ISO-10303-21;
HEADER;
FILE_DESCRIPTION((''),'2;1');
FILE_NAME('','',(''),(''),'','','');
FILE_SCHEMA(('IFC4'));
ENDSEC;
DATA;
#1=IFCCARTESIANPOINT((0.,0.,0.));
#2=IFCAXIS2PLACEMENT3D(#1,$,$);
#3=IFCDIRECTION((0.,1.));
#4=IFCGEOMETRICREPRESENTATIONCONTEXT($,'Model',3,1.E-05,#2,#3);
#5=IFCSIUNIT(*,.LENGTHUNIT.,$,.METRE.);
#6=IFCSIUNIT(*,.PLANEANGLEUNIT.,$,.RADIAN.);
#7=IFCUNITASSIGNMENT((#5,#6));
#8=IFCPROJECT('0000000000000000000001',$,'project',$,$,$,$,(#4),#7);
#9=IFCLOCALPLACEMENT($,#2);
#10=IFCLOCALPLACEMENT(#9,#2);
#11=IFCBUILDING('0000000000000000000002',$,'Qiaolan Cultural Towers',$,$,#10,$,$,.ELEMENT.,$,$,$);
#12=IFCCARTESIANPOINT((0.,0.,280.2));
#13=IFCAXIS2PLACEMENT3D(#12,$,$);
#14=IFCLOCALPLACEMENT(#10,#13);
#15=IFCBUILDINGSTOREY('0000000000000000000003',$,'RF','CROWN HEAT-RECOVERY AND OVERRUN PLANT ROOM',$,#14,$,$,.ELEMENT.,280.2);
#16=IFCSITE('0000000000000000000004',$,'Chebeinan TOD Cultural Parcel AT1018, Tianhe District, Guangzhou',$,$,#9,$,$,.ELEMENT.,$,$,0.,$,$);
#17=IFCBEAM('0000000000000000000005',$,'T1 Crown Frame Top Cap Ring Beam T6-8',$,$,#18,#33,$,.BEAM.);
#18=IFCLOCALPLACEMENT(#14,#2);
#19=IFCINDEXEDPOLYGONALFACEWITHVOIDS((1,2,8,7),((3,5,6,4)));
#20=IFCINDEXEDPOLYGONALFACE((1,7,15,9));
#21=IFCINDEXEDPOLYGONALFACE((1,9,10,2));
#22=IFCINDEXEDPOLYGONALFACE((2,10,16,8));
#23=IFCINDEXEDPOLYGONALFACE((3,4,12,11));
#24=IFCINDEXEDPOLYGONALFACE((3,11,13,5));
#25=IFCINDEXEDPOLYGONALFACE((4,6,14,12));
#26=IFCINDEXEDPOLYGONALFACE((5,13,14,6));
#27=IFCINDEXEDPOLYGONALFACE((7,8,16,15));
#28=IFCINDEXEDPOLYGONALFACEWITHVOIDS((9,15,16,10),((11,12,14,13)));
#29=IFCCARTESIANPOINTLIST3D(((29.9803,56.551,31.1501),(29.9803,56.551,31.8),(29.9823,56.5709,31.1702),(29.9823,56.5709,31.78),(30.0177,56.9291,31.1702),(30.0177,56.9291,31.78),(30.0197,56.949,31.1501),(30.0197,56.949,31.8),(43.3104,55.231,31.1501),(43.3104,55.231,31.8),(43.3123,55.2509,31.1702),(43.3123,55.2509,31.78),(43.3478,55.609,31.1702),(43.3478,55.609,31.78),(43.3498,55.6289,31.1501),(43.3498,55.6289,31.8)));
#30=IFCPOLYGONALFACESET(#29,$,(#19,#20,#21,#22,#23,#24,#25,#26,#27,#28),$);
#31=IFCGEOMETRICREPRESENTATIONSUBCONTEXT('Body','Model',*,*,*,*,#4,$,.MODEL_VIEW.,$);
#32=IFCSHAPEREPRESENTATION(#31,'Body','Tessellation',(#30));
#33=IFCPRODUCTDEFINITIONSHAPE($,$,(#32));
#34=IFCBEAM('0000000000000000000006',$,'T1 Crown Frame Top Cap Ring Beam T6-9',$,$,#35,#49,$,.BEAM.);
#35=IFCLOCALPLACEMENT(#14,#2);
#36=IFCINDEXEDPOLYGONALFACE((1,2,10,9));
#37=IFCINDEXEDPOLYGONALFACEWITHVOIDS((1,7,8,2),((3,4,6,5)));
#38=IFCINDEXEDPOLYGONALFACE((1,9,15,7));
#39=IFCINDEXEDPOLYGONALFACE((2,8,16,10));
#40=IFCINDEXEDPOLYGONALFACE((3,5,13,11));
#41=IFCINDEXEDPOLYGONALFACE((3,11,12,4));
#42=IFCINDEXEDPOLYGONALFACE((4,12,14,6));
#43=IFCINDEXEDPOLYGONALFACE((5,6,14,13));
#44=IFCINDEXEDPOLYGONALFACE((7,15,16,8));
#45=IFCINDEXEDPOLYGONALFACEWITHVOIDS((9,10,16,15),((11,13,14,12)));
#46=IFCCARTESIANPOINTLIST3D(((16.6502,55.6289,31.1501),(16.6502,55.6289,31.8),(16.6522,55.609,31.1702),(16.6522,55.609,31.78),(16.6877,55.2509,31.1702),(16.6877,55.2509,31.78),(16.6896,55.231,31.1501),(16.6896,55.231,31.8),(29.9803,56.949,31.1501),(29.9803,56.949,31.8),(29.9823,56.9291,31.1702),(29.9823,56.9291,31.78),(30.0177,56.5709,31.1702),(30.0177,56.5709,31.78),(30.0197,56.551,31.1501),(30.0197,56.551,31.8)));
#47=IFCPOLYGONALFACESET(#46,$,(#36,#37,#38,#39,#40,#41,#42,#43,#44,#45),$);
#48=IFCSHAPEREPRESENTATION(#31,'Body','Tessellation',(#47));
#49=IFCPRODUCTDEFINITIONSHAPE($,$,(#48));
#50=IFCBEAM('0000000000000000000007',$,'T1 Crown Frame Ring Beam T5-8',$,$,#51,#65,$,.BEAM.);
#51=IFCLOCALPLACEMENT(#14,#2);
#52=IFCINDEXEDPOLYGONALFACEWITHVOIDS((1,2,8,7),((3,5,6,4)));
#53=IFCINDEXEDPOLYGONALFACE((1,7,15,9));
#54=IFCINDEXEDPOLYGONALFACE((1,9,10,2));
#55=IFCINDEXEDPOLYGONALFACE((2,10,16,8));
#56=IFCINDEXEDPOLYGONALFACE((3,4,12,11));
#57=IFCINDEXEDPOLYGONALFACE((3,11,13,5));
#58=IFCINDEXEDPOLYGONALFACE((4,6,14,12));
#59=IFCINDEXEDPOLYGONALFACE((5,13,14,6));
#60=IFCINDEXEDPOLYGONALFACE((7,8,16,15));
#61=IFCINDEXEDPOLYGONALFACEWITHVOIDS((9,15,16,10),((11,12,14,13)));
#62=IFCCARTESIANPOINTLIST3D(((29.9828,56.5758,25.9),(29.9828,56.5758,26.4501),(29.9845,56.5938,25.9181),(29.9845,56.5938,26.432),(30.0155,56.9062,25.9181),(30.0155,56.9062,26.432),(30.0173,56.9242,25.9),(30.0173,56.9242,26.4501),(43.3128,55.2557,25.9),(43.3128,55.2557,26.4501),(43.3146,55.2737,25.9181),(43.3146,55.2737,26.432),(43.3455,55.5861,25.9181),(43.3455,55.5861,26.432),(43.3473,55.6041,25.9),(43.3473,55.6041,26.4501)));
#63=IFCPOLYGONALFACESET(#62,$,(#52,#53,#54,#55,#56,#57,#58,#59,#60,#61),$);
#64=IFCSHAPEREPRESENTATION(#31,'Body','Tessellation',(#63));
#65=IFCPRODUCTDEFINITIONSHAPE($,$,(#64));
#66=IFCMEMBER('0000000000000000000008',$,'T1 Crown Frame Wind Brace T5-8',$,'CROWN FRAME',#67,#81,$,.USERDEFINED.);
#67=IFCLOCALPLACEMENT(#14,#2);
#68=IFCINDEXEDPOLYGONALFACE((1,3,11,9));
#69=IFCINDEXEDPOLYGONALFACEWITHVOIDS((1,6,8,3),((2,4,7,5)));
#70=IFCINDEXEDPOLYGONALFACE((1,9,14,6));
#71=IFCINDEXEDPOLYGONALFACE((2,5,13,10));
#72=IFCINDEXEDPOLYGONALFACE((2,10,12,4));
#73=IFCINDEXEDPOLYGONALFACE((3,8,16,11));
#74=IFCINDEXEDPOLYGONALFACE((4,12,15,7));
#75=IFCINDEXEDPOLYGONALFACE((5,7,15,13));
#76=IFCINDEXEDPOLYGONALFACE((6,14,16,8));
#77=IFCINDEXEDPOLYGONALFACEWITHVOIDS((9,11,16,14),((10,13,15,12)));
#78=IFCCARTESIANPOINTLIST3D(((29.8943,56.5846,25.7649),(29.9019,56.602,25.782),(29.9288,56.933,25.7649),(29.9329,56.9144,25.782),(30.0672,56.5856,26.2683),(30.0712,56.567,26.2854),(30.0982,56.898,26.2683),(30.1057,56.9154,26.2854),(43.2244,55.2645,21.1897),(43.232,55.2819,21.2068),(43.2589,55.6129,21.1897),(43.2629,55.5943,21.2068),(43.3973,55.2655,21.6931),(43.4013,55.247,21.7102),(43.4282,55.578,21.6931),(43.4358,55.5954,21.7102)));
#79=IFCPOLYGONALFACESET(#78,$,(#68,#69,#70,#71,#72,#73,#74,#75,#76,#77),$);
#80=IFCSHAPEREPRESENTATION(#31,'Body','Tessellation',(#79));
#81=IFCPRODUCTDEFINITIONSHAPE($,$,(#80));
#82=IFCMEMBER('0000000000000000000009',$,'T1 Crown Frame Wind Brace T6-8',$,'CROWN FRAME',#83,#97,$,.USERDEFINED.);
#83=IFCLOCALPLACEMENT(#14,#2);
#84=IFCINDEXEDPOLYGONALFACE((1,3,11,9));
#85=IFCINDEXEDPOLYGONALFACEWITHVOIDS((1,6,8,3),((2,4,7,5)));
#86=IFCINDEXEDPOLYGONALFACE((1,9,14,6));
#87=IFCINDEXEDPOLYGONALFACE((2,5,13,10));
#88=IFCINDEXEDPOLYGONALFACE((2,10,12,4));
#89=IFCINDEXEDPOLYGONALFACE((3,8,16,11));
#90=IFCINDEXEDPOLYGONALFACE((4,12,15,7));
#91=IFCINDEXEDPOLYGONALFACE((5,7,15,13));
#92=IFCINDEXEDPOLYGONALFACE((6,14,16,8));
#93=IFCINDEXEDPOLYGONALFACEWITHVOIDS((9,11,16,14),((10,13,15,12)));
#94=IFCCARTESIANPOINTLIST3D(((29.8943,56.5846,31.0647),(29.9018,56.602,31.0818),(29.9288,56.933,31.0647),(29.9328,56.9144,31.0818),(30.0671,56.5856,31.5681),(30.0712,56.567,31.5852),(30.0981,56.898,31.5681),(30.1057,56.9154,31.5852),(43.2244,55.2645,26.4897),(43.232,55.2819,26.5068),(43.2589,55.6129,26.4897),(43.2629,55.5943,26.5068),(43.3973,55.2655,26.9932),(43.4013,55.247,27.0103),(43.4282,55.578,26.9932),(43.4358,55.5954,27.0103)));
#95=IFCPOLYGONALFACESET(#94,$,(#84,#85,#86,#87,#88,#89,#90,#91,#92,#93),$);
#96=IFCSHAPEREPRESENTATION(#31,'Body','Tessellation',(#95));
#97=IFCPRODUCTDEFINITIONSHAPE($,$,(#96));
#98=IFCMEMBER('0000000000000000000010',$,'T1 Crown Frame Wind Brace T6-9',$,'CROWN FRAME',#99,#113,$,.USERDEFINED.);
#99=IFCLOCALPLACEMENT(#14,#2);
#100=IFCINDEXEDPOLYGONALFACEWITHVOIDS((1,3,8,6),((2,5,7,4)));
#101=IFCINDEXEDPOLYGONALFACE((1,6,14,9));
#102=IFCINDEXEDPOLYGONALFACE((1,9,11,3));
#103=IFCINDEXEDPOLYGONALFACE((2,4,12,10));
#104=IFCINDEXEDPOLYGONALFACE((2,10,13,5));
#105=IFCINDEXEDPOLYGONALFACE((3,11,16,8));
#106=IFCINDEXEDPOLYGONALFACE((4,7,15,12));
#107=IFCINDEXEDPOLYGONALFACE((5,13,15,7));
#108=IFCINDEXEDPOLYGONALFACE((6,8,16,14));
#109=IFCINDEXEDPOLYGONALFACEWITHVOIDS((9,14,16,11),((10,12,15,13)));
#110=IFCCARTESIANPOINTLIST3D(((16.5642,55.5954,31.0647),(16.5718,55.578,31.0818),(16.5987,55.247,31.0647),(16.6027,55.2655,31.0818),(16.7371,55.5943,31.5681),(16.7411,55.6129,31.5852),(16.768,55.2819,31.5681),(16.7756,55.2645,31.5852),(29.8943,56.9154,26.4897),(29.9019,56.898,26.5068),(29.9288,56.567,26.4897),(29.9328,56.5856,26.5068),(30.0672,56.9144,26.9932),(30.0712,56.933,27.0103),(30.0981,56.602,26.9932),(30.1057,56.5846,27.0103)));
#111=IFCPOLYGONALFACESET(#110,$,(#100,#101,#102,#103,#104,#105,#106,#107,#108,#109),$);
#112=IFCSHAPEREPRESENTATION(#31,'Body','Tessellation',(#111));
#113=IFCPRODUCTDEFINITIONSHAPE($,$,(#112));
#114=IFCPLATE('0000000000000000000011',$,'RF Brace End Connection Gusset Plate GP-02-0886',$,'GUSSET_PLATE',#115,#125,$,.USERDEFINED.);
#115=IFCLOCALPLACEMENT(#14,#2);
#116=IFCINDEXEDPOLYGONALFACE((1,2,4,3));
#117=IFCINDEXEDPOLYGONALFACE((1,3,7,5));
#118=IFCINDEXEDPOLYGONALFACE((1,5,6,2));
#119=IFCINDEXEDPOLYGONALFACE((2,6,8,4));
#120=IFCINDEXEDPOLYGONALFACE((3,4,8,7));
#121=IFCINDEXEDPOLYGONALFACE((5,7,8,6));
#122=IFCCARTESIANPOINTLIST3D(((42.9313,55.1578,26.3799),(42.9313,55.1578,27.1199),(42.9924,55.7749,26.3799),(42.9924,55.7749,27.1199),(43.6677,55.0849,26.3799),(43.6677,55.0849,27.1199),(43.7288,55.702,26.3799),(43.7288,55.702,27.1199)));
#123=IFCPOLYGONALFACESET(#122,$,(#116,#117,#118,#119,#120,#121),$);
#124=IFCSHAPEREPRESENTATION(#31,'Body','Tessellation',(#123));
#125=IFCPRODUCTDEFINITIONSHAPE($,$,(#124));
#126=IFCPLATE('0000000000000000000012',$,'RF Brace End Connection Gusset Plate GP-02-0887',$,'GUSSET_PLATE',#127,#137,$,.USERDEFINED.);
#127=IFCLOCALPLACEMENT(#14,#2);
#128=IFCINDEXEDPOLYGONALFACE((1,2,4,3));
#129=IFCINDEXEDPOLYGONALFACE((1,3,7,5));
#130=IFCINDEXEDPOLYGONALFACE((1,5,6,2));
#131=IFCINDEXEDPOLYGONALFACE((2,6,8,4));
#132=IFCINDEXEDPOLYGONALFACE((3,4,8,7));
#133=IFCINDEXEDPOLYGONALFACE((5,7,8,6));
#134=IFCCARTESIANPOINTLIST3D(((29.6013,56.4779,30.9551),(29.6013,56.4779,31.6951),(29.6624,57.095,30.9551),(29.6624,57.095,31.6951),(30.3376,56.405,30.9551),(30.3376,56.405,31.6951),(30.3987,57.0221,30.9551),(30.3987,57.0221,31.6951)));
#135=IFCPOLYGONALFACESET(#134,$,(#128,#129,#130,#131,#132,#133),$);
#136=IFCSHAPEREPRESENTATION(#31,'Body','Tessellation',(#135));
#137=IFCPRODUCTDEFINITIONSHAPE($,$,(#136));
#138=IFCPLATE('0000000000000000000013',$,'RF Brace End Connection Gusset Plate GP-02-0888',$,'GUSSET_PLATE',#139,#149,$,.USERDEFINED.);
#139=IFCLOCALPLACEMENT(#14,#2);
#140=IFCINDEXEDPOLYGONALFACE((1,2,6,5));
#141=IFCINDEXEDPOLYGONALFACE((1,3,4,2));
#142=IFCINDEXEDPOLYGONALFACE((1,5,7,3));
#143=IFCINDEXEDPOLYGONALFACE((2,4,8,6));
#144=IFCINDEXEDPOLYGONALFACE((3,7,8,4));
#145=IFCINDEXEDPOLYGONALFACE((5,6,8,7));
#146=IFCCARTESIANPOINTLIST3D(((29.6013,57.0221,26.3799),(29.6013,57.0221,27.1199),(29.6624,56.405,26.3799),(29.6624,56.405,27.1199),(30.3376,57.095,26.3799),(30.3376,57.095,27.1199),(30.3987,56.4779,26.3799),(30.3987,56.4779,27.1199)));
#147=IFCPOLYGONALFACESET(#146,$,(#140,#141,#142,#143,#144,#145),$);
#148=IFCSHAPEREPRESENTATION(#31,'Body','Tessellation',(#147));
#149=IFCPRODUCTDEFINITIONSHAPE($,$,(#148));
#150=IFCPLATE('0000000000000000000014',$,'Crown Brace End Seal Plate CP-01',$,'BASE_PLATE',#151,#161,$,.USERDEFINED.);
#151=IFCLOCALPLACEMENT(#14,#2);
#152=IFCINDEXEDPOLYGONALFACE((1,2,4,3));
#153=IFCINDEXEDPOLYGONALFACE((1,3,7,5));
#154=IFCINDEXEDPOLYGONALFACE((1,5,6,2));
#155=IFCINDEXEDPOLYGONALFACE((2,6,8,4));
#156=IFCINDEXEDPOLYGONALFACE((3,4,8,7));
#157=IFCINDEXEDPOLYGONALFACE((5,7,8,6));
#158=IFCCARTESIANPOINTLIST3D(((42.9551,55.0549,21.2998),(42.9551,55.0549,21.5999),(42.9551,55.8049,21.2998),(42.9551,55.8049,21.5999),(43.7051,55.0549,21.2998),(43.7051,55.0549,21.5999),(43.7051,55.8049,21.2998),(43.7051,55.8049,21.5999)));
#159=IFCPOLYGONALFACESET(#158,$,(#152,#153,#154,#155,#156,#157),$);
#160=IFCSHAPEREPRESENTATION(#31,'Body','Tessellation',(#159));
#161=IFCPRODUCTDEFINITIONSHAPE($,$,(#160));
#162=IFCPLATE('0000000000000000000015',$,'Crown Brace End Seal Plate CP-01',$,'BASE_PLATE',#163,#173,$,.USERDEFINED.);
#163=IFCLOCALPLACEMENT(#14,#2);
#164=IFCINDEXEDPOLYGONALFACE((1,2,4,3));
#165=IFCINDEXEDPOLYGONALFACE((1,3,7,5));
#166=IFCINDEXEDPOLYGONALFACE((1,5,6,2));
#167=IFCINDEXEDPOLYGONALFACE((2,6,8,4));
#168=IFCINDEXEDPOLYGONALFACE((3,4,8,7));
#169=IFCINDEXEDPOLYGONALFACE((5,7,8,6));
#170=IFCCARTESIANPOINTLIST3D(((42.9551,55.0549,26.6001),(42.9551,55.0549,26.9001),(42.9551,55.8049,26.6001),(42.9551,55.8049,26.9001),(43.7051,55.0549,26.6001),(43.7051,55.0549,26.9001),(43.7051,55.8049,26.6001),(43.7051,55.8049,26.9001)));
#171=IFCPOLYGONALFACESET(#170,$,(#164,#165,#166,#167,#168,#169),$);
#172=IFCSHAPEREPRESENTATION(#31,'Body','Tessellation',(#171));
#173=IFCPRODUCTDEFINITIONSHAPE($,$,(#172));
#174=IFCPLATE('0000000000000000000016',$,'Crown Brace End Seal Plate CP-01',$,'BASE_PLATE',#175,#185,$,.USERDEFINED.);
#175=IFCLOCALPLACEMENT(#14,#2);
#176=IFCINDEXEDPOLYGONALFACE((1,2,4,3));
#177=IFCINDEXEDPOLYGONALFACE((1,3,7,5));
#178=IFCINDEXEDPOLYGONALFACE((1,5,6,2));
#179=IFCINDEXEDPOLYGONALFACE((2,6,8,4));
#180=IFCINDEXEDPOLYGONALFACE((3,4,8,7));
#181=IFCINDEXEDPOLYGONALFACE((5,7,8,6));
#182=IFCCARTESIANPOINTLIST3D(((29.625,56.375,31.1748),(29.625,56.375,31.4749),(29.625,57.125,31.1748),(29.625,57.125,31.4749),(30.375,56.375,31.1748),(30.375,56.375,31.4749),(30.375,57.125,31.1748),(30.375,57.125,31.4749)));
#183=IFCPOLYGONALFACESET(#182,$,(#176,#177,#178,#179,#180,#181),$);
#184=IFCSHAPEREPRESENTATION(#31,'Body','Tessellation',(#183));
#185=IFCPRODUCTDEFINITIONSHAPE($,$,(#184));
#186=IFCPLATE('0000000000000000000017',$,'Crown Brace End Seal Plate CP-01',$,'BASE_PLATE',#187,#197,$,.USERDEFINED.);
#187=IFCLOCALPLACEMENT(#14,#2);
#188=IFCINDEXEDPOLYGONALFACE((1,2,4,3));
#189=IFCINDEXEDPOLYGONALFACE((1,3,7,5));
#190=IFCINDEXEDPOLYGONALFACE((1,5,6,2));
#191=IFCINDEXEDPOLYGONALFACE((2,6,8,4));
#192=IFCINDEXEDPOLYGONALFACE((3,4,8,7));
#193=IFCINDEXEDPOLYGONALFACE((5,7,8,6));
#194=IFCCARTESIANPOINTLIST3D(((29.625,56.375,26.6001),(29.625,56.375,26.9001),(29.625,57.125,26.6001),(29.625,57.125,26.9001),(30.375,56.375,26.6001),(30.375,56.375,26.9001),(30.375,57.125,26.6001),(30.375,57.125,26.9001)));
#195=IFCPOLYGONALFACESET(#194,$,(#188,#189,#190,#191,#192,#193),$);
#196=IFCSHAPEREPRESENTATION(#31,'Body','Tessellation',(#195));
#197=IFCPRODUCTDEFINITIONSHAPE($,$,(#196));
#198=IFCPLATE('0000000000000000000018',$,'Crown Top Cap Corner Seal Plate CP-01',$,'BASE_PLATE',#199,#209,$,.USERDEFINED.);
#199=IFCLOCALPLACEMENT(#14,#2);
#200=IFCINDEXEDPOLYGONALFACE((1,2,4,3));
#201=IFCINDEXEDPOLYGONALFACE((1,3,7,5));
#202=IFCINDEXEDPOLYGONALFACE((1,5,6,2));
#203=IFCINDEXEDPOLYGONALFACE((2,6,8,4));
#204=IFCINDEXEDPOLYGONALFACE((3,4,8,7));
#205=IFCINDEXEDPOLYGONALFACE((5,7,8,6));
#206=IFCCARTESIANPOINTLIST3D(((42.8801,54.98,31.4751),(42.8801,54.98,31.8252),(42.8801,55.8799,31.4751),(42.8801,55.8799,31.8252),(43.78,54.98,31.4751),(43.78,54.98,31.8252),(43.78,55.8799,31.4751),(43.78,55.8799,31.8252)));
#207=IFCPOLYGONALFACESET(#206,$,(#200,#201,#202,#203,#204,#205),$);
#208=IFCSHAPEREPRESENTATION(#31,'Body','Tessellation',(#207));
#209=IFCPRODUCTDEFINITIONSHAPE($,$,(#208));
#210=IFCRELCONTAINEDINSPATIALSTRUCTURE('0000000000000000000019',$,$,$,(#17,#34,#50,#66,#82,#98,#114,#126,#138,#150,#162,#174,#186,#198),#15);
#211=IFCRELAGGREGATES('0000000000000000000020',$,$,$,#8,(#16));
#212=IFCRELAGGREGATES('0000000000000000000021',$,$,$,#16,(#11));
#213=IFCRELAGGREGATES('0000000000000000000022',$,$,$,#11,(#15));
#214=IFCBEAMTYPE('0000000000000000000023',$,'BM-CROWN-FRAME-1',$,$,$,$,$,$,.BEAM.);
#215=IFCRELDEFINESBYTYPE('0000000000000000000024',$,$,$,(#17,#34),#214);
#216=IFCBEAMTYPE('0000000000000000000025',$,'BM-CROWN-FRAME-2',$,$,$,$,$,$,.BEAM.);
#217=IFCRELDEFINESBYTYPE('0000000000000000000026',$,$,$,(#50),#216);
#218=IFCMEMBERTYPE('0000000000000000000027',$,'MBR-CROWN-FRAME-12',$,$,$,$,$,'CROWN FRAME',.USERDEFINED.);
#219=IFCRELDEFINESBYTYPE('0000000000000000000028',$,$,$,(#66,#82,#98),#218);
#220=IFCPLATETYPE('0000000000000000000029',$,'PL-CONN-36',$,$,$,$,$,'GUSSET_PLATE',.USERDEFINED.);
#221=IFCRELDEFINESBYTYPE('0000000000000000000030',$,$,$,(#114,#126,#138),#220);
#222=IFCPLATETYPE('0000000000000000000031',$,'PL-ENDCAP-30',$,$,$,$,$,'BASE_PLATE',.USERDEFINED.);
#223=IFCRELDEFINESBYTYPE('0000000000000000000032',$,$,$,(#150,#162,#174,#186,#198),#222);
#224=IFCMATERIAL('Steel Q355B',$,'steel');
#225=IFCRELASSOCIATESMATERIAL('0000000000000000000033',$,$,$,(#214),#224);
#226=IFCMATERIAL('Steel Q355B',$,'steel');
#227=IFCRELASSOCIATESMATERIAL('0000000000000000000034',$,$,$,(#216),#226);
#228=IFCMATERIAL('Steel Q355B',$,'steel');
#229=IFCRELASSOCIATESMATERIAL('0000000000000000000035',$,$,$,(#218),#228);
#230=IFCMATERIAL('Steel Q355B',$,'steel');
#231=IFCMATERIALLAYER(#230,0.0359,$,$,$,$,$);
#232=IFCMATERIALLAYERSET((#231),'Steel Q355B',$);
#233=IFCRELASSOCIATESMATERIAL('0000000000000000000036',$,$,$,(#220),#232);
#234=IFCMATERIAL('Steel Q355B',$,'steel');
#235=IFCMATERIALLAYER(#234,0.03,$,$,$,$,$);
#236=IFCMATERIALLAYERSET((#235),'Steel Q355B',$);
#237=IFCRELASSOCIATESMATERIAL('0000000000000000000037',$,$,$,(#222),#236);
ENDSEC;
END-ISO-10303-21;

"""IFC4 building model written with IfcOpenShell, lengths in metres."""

from ifc_helpers import new_model, si_unit, direction, frame, origin, origin_2d, place, context, subcontext, project, spatial, rectangle, hollow_rectangle, extrude, material, layer, layer_set, material_profile, profile_set, type_object, element, save


model = new_model("IFC4")

# Units and contexts
model_context = context("Model", 3, precision=1e-05, world=origin(), true_north=direction((0.0, 1.0)))
body_context = subcontext(model_context, "Body", "Model", "MODEL_VIEW")
ifc_project = project(units=[si_unit("LENGTHUNIT", "METRE"), si_unit("PLANEANGLEUNIT", "RADIAN")], contexts=[model_context])

# Site, building, storey
site_placement = place(None, origin())
site = spatial("IfcSite", under=ifc_project, at=site_placement, Name="Chebeinan TOD Cultural Parcel AT1018, Tianhe District, Guangzhou", CompositionType="ELEMENT", RefElevation=0.0)
building_placement = place(site_placement, origin())
building = spatial("IfcBuilding", under=site, at=building_placement, Name="Qiaolan Cultural Towers", CompositionType="ELEMENT")
storey_placement = place(building_placement, frame((0.0, 0.0, 280.2)))
storey = spatial("IfcBuildingStorey", under=building, at=storey_placement, Name="RF", Description="CROWN HEAT-RECOVERY AND OVERRUN PLANT ROOM", CompositionType="ELEMENT", Elevation=280.2)

# Beams
ifc_material_1 = material(Name="Steel Q355B", Category="steel")
ifc_material_profile_1 = material_profile(ifc_material_1, hollow_rectangle(XDim=0.3999, YDim=0.6499, WallThickness=0.02, at=origin_2d()), Name="BOX650x400x20")
ifc_profile_set_1 = profile_set([ifc_material_profile_1], Name="Steel Q355B")
beam_type_1 = type_object("IfcBeamType", Name="BM-CROWN-FRAME-1", PredefinedType="BEAM", material=ifc_profile_set_1)
for number, where, z_axis, x_axis, name in (
    (1, (43.3301, 55.4299, 31.4751), (-0.995132, 0.098547, 0.0), (-0.098547, -0.995132, 0.0), "T1 Crown Frame Top Cap Ring Beam T6-8"),
    (2, (30.0, 56.75, 31.4751), (-0.995132, -0.098547, 0.0), (0.098547, -0.995132, 0.0), "T1 Crown Frame Top Cap Ring Beam T6-9"),
):
    element("IfcBeam", number, at=place(storey_placement, frame(where, z_axis=z_axis, x_axis=x_axis)), inside=storey, type_object=beam_type_1, Name=name, PredefinedType="BEAM", context=body_context, shape_type="SweptSolid", body=[
        extrude(hollow_rectangle(XDim=0.3999, YDim=0.6499, WallThickness=0.02, at=origin_2d()), origin(), (0.0, 0.0, 1.0), 13.3953),
    ])
ifc_material_2 = material(Name="Steel Q355B", Category="steel")
ifc_material_profile_2 = material_profile(ifc_material_2, hollow_rectangle(XDim=0.3501, YDim=0.55, WallThickness=0.0181, at=origin_2d()), Name="BOX550x350x18")
ifc_profile_set_2 = profile_set([ifc_material_profile_2], Name="Steel Q355B")
beam_type_2 = type_object("IfcBeamType", Name="BM-CROWN-FRAME-2", PredefinedType="BEAM", material=ifc_profile_set_2)
beam_placement = place(storey_placement, frame((43.3301, 55.4299, 26.175), z_axis=(-0.995132, 0.098547, 0.0), x_axis=(-0.098547, -0.995132, 0.0)))
element("IfcBeam", 3, at=beam_placement, inside=storey, type_object=beam_type_2, Name="T1 Crown Frame Ring Beam T5-8", PredefinedType="BEAM", context=body_context, shape_type="SweptSolid", body=[
    extrude(hollow_rectangle(XDim=0.3501, YDim=0.55, WallThickness=0.0181, at=origin_2d()), origin(), (0.0, 0.0, 1.0), 13.3953),
])

# Members
ifc_material_3 = material(Name="Steel Q355B", Category="steel")
ifc_material_profile_3 = material_profile(ifc_material_3, hollow_rectangle(XDim=0.3501, YDim=0.55, WallThickness=0.0181, at=origin_2d()), Name="BOX550x350x18")
ifc_profile_set_3 = profile_set([ifc_material_profile_3], Name="Steel Q355B")
member_type = type_object("IfcMemberType", Name="MBR-CROWN-FRAME-12", ElementType="CROWN FRAME", PredefinedType="USERDEFINED", material=ifc_profile_set_3)
for number, where, z_axis, x_axis, name in (
    (4, (43.3301, 55.4299, 21.45), (-0.941718, 0.093258, 0.32322), (-0.098547, -0.995132, 0.0), "T1 Crown Frame Wind Brace T5-8"),
    (5, (43.3301, 55.4299, 26.75), (-0.941723, 0.093258, 0.323204), (-0.098547, -0.995132, 0.0), "T1 Crown Frame Wind Brace T6-8"),
    (6, (30.0, 56.75, 26.75), (-0.941723, -0.093258, 0.323204), (0.098547, -0.995132, 0.0), "T1 Crown Frame Wind Brace T6-9"),
):
    element("IfcMember", number, at=place(storey_placement, frame(where, z_axis=z_axis, x_axis=x_axis)), inside=storey, type_object=member_type, Name=name, ObjectType="CROWN FRAME", PredefinedType="USERDEFINED", context=body_context, shape_type="SweptSolid", body=[
        extrude(hollow_rectangle(XDim=0.3501, YDim=0.55, WallThickness=0.0181, at=origin_2d()), origin(), (0.0, 0.0, 1.0), 14.155),
    ])

# Plates
ifc_material_4 = material(Name="Steel Q355B", Category="steel")
ifc_layer_1 = layer(ifc_material_4, 0.0359)
ifc_layer_set_1 = layer_set([ifc_layer_1], Name="Steel Q355B")
plate_type_1 = type_object("IfcPlateType", Name="PL-CONN-36", ElementType="GUSSET_PLATE", PredefinedType="USERDEFINED", material=ifc_layer_set_1)
for number, where, z_axis, x_axis, name in (
    (7, (43.3301, 55.4299, 26.3799), (0.0, 0.0, 1.0), (-0.995133, 0.098543, 0.0), "RF Brace End Connection Gusset Plate GP-02-0886"),
    (8, (30.0, 56.75, 30.9551), (0.0, 0.0, 1.0), (-0.995133, 0.098543, 0.0), "RF Brace End Connection Gusset Plate GP-02-0887"),
    (9, (30.0, 56.75, 26.3799), (0.0, 0.0, 1.0), (0.995133, 0.098543, 0.0), "RF Brace End Connection Gusset Plate GP-02-0888"),
):
    element("IfcPlate", number, at=place(storey_placement, frame(where, z_axis=z_axis, x_axis=x_axis)), inside=storey, type_object=plate_type_1, Name=name, ObjectType="GUSSET_PLATE", PredefinedType="USERDEFINED", context=body_context, shape_type="SweptSolid", body=[
        extrude(rectangle(XDim=0.74, YDim=0.6201, at=origin_2d()), origin(), (0.0, 0.0, 1.0), 0.74),
    ])
ifc_material_5 = material(Name="Steel Q355B", Category="steel")
ifc_layer_2 = layer(ifc_material_5, 0.03)
ifc_layer_set_2 = layer_set([ifc_layer_2], Name="Steel Q355B")
plate_type_2 = type_object("IfcPlateType", Name="PL-ENDCAP-30", ElementType="BASE_PLATE", PredefinedType="USERDEFINED", material=ifc_layer_set_2)
for number, where, z_axis, x_axis, name in (
    (10, (43.3301, 55.4299, 21.2998), (0.0, 0.0, 1.0), (1.0, 0.0, 0.0), "Crown Brace End Seal Plate CP-01"),
    (11, (43.3301, 55.4299, 26.6001), (0.0, 0.0, 1.0), (1.0, 0.0, 0.0), "Crown Brace End Seal Plate CP-01"),
    (12, (30.0, 56.75, 31.1748), (0.0, 0.0, 1.0), (1.0, 0.0, 0.0), "Crown Brace End Seal Plate CP-01"),
    (13, (30.0, 56.75, 26.6001), (0.0, 0.0, 1.0), (1.0, 0.0, 0.0), "Crown Brace End Seal Plate CP-01"),
):
    element("IfcPlate", number, at=place(storey_placement, frame(where, z_axis=z_axis, x_axis=x_axis)), inside=storey, type_object=plate_type_2, Name=name, ObjectType="BASE_PLATE", PredefinedType="USERDEFINED", context=body_context, shape_type="SweptSolid", body=[
        extrude(rectangle(XDim=0.75, YDim=0.75, at=origin_2d()), origin(), (0.0, 0.0, 1.0), 0.3),
    ])
for number, where, z_axis, x_axis, name in (
    (14, (43.3301, 55.4299, 31.4751), (0.0, 0.0, 1.0), (1.0, 0.0, 0.0), "Crown Top Cap Corner Seal Plate CP-01"),
):
    element("IfcPlate", number, at=place(storey_placement, frame(where, z_axis=z_axis, x_axis=x_axis)), inside=storey, type_object=plate_type_2, Name=name, ObjectType="BASE_PLATE", PredefinedType="USERDEFINED", context=body_context, shape_type="SweptSolid", body=[
        extrude(rectangle(XDim=0.8999, YDim=0.8999, at=origin_2d()), origin(), (0.0, 0.0, 1.0), 0.3501),
    ])

save(model, "model.ifc")
